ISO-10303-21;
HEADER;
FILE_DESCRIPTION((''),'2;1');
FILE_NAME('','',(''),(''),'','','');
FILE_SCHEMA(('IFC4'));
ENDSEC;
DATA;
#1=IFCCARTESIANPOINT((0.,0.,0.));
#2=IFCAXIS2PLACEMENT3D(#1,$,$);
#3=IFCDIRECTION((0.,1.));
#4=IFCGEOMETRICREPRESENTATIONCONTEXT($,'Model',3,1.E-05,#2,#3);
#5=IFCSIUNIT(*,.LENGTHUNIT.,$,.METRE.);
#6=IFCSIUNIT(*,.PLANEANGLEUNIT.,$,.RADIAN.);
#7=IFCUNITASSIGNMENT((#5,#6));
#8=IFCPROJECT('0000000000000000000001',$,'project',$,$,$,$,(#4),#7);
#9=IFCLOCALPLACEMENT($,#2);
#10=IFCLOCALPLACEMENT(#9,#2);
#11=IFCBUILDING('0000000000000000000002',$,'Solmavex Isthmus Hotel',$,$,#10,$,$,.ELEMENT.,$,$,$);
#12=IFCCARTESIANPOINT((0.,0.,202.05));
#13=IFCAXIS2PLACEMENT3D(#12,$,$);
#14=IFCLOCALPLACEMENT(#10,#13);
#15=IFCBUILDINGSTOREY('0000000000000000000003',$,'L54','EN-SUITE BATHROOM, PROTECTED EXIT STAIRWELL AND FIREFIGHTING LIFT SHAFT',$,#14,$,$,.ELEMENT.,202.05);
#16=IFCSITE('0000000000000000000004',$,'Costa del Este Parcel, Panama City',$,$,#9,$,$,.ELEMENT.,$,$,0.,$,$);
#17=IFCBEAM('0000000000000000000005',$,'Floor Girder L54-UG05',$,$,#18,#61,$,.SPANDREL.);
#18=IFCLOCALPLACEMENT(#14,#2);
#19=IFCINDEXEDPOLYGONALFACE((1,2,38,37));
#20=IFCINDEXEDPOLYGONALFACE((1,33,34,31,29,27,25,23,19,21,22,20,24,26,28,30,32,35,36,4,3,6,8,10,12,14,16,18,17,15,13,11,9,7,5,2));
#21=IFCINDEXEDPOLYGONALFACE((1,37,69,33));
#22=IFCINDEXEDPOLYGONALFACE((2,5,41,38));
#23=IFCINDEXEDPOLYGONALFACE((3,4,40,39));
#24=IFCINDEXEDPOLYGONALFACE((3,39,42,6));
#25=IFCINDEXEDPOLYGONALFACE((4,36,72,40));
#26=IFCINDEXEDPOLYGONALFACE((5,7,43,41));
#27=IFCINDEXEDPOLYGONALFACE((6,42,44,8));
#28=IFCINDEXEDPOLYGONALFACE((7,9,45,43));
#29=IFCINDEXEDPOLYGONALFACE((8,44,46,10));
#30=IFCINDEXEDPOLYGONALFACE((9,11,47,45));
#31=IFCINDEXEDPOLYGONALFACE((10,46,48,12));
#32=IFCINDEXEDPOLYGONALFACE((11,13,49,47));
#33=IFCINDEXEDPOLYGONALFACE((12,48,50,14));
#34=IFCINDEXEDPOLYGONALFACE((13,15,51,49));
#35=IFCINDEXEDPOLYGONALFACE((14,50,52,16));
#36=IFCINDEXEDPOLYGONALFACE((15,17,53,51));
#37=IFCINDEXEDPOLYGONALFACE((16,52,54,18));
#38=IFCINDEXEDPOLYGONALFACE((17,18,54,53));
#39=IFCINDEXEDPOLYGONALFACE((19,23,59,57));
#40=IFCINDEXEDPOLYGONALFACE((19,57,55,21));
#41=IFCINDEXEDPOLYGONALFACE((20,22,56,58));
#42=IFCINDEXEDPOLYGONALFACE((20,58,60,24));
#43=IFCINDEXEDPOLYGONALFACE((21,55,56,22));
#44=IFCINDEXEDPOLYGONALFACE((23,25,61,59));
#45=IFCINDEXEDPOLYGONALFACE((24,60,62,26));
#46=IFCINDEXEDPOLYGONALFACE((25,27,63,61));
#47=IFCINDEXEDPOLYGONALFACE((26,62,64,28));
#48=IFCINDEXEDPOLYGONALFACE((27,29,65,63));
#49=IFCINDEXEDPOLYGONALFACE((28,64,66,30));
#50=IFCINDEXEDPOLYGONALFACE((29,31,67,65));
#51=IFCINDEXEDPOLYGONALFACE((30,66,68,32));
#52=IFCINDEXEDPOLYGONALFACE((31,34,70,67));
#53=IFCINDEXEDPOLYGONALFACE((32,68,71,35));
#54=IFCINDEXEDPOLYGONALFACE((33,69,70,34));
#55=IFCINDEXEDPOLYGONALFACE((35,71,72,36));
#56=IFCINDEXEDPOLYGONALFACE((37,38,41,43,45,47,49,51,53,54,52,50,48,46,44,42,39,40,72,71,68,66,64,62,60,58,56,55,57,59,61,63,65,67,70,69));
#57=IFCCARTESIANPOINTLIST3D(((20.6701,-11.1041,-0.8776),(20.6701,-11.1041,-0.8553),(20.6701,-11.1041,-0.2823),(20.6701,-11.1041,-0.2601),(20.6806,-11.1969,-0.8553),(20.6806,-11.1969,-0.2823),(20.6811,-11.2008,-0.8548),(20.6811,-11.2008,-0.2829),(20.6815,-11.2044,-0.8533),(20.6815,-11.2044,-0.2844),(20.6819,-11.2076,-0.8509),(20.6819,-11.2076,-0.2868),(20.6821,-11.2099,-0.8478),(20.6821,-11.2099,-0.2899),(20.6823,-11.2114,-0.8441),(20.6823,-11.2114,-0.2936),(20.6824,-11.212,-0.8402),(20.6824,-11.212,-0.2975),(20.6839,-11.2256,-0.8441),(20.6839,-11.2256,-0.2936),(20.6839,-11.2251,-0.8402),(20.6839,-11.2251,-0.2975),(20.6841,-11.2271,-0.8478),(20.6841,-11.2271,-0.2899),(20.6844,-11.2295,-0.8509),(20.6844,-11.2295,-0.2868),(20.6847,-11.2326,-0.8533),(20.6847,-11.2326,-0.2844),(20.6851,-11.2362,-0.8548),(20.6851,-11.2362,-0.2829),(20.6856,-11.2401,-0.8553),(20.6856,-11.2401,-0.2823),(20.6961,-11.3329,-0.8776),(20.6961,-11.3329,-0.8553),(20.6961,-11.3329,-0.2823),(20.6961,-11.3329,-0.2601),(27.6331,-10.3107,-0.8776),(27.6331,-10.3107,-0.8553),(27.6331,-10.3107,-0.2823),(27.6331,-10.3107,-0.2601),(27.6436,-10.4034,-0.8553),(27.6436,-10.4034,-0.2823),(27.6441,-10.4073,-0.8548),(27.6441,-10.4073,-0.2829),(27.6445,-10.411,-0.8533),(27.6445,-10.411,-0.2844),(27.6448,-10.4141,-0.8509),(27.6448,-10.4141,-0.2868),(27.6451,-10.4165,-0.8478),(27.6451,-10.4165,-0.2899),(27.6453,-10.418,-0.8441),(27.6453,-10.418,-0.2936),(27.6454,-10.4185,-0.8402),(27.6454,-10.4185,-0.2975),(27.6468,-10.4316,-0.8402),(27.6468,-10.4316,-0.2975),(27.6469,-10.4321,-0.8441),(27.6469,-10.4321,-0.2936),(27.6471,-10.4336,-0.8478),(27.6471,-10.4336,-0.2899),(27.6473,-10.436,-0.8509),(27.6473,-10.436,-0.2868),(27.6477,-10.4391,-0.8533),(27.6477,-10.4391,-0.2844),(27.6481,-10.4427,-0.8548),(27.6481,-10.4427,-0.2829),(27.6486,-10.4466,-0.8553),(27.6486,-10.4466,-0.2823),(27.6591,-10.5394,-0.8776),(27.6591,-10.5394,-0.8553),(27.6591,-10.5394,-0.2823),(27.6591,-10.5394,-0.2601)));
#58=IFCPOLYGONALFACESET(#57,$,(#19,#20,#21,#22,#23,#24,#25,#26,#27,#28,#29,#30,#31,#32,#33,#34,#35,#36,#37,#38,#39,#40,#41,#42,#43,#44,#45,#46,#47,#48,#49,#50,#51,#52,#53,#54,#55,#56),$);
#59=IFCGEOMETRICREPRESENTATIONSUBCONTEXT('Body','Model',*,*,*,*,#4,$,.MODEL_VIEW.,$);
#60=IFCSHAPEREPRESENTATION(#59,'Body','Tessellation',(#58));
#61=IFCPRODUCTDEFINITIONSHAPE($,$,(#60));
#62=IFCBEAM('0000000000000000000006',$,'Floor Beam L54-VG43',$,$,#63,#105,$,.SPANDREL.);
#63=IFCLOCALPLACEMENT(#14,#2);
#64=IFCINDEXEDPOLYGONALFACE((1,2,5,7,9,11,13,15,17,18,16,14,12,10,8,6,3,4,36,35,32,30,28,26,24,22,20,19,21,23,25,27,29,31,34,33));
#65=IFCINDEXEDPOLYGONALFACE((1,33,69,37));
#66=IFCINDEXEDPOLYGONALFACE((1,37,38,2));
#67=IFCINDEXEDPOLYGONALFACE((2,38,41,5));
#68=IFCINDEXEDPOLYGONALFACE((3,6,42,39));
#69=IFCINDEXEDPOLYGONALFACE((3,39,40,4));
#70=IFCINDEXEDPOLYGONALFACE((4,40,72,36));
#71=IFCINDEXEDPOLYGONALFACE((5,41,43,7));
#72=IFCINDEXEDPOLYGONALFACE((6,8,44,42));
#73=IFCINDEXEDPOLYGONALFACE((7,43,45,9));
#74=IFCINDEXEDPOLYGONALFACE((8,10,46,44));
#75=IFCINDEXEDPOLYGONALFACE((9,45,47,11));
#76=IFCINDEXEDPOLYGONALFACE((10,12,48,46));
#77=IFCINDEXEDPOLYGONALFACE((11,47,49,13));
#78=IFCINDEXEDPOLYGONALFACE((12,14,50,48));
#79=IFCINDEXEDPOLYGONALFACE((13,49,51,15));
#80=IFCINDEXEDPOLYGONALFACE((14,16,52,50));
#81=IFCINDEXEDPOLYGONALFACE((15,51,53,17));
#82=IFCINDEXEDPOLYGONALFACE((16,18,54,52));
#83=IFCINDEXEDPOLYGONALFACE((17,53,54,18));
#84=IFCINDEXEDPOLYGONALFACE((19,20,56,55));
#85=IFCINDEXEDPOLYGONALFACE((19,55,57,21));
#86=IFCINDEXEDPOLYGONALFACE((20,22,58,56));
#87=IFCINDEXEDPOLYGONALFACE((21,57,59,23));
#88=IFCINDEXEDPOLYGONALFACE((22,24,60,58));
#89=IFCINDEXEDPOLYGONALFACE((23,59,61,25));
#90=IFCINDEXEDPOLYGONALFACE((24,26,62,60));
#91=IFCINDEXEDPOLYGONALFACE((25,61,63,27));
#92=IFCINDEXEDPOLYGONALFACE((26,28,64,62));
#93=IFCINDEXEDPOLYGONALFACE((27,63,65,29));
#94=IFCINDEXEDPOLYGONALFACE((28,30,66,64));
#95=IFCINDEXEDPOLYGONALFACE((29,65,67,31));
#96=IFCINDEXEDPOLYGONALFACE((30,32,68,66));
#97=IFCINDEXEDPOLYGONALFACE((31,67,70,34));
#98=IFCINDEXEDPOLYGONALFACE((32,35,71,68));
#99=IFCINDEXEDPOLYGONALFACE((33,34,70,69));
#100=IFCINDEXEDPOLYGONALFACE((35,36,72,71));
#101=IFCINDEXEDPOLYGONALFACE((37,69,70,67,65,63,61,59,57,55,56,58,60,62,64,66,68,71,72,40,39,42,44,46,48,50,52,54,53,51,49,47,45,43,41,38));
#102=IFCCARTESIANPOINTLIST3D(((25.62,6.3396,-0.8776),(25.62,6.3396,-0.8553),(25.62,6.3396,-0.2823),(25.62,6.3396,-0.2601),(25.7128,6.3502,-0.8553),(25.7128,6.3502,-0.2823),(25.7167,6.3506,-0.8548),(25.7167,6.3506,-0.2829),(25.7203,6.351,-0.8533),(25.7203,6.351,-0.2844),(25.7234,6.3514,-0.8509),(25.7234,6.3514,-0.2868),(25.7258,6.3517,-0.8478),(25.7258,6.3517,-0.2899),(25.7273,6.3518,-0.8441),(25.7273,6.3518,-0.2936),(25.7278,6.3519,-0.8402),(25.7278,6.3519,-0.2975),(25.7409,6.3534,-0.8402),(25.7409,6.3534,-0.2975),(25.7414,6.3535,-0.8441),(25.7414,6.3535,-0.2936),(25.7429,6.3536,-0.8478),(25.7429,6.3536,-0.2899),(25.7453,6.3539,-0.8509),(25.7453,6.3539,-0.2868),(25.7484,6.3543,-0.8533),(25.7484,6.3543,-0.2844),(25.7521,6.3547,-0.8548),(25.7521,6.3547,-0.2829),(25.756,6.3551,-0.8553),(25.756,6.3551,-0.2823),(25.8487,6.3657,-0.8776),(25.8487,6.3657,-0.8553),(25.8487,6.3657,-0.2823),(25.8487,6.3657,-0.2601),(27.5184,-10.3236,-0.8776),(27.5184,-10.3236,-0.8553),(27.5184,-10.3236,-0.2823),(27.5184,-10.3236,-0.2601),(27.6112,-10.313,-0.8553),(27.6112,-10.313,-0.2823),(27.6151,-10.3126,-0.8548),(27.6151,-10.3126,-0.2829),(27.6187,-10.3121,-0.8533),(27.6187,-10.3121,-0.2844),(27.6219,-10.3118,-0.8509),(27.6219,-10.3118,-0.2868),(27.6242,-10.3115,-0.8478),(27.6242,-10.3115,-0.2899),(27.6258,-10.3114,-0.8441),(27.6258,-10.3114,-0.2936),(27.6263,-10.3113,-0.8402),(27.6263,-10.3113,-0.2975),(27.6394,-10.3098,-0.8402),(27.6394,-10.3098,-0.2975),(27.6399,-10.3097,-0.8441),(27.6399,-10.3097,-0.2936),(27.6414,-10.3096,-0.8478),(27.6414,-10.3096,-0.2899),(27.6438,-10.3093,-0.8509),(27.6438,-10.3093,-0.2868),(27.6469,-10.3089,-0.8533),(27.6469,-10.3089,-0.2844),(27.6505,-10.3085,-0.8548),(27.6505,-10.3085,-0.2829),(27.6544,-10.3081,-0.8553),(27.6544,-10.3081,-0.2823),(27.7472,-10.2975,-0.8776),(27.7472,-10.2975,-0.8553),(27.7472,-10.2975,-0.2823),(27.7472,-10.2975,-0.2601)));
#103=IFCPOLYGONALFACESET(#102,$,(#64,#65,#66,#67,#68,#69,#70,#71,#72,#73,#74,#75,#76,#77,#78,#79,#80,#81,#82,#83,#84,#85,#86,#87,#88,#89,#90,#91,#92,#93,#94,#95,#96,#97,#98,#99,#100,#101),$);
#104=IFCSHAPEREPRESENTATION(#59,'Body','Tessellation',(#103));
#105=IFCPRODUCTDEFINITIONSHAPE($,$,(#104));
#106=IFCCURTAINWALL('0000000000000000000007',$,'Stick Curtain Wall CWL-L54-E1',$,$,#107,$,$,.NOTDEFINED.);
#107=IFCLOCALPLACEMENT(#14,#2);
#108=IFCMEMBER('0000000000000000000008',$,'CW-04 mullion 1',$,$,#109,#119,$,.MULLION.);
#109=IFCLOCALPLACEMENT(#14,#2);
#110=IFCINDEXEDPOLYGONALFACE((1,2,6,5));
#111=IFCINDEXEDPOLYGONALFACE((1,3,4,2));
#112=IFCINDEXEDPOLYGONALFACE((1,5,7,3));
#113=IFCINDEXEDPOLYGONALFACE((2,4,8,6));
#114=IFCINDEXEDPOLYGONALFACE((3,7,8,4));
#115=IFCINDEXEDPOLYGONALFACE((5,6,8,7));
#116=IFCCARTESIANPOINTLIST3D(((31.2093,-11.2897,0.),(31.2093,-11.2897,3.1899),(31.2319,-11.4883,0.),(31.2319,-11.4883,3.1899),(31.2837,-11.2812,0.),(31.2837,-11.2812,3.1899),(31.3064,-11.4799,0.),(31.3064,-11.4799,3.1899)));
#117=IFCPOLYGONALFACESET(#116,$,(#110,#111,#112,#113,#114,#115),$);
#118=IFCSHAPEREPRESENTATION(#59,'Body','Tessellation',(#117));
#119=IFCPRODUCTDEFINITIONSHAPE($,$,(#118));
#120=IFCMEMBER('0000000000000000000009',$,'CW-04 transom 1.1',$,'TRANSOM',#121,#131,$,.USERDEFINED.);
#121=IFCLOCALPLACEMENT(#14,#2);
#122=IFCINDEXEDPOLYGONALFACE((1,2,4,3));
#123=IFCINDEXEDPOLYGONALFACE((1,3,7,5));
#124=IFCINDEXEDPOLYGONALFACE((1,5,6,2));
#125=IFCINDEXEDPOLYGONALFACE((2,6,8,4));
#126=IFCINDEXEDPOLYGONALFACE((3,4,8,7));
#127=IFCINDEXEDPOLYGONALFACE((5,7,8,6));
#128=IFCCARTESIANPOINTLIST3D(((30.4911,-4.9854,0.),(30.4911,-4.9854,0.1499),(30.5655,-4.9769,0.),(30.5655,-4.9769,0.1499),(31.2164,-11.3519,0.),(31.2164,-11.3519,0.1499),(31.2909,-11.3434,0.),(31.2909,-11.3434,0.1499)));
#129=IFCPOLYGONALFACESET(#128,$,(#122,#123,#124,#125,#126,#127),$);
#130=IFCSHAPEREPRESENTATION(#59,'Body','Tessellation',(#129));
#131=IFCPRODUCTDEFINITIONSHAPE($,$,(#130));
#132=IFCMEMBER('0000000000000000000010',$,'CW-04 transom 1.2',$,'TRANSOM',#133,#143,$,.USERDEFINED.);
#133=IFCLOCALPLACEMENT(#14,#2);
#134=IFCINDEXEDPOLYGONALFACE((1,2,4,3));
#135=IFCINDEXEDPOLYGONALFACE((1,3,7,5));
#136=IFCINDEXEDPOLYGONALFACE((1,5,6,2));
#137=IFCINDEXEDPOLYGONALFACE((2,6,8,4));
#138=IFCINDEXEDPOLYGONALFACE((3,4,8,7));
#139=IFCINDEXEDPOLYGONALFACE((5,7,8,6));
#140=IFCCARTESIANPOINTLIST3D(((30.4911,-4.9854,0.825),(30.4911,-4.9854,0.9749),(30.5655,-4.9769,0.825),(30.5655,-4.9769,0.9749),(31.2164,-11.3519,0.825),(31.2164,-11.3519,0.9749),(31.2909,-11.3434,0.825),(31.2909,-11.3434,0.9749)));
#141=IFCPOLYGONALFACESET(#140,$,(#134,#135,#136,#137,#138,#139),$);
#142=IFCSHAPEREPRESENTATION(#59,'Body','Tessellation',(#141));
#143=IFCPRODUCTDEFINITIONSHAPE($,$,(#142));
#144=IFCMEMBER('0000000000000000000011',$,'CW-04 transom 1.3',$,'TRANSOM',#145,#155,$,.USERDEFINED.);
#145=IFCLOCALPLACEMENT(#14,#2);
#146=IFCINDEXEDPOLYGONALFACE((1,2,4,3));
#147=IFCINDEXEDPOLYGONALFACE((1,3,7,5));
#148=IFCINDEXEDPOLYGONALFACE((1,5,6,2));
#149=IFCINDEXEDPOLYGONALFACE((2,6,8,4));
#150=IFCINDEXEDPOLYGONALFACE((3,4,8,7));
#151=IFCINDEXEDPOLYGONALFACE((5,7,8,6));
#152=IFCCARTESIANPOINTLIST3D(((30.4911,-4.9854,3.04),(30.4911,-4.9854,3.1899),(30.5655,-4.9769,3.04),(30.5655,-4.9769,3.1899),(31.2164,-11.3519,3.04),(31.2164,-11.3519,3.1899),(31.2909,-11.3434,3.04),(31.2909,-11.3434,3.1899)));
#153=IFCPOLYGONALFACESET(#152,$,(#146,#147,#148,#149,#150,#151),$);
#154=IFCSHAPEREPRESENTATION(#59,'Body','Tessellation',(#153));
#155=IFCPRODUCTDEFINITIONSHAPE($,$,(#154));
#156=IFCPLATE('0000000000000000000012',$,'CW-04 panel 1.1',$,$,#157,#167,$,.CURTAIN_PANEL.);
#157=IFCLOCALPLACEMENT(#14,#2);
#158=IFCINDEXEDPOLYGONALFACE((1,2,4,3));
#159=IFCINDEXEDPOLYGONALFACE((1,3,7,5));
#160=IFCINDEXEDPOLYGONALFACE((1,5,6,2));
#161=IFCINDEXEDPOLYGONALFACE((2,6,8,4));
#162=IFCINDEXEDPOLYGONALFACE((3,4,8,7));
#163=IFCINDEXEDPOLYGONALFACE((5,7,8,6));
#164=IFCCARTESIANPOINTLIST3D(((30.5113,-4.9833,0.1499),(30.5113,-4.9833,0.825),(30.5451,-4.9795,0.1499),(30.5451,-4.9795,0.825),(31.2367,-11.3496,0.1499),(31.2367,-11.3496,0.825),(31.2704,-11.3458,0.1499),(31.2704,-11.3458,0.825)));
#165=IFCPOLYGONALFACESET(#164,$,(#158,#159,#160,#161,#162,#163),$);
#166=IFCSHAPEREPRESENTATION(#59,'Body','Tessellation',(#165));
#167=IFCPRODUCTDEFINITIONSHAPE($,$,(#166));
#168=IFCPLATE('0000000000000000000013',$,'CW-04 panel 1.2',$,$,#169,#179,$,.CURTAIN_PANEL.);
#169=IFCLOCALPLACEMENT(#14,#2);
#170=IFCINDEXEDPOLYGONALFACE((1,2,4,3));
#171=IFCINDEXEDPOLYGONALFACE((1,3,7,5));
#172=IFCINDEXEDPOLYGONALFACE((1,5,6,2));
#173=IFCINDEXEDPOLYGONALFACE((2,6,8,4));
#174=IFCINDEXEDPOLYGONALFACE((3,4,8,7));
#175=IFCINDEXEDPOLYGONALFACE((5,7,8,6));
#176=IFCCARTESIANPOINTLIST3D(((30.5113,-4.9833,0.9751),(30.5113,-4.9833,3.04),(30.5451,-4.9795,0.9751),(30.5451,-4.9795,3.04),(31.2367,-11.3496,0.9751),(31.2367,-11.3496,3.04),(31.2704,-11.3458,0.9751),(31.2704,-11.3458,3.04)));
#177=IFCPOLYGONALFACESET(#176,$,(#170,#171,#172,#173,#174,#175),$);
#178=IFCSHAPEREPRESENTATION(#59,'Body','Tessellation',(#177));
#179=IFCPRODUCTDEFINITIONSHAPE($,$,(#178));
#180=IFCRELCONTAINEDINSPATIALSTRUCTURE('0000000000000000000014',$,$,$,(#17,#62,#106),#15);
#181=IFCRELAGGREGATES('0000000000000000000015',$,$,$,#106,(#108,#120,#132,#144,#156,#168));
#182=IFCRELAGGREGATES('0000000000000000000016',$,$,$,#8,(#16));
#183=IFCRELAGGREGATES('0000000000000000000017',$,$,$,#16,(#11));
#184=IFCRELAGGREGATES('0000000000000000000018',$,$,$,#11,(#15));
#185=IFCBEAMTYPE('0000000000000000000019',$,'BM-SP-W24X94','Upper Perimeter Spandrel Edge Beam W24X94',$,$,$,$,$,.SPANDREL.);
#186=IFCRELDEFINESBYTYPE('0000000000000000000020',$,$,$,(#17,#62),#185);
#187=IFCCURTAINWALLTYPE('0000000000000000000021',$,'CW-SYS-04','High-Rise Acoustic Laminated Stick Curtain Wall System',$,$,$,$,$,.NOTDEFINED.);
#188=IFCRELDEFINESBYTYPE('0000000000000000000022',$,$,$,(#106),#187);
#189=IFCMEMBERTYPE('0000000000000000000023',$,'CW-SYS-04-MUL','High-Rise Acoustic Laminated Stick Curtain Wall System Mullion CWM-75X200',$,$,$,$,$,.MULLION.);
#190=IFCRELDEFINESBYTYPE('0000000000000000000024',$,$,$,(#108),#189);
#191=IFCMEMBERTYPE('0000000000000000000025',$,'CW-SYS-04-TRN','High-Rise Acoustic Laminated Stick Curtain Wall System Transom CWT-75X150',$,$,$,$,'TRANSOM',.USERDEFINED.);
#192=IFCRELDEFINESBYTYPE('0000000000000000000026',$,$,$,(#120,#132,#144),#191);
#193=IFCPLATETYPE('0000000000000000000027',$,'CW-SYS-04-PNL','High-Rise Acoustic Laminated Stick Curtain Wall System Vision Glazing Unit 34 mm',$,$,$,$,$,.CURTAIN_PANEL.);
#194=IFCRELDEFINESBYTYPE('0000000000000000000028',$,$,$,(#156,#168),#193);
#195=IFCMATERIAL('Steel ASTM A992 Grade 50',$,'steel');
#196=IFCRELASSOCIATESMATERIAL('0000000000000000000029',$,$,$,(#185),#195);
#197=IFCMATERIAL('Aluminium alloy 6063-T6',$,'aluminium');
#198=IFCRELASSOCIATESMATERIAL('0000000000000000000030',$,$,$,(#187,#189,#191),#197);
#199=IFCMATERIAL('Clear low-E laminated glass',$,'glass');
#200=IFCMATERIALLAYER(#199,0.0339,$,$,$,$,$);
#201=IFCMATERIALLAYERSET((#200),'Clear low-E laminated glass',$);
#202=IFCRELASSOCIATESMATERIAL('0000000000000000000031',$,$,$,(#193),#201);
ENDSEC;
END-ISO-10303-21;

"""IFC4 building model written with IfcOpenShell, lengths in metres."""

from ifc_helpers import new_model, si_unit, direction, frame, origin, origin_2d, place, context, subcontext, project, spatial, rectangle, i_section, extrude, material, layer, layer_set, material_profile, profile_set, type_object, element, aggregate, save


model = new_model("IFC4")

# Units and contexts
model_context = context("Model", 3, precision=1e-05, world=origin(), true_north=direction((0.0, 1.0)))
body_context = subcontext(model_context, "Body", "Model", "MODEL_VIEW")
ifc_project = project(units=[si_unit("LENGTHUNIT", "METRE"), si_unit("PLANEANGLEUNIT", "RADIAN")], contexts=[model_context])

# Site, building, storey
site_placement = place(None, origin())
site = spatial("IfcSite", under=ifc_project, at=site_placement, Name="Costa del Este Parcel, Panama City", CompositionType="ELEMENT", RefElevation=0.0)
building_placement = place(site_placement, origin())
building = spatial("IfcBuilding", under=site, at=building_placement, Name="Solmavex Isthmus Hotel", CompositionType="ELEMENT")
storey_placement = place(building_placement, frame((0.0, 0.0, 202.05)))
storey = spatial("IfcBuildingStorey", under=building, at=storey_placement, Name="L54", Description="EN-SUITE BATHROOM, PROTECTED EXIT STAIRWELL AND FIREFIGHTING LIFT SHAFT", CompositionType="ELEMENT", Elevation=202.05)

# Beams
ifc_material_1 = material(Name="Steel ASTM A992 Grade 50", Category="steel")
ifc_material_profile_1 = material_profile(ifc_material_1, i_section(OverallWidth=0.2302, OverallDepth=0.6174, WebThickness=0.0132, FlangeThickness=0.0222, FilletRadius=0.0151, at=origin_2d()), Name="W24X94")
ifc_profile_set_1 = profile_set([ifc_material_profile_1], Name="Steel ASTM A992 Grade 50")
beam_type_1 = type_object("IfcBeamType", Name="BM-SP-W24X94", Description="Upper Perimeter Spandrel Edge Beam W24X94", PredefinedType="SPANDREL", material=ifc_profile_set_1)
beam_1_placement = place(storey_placement, frame((20.6831, -11.2185, -0.5688), z_axis=(0.99357, 0.113222, 0.0), x_axis=(-0.113222, 0.99357, 0.0)))
element("IfcBeam", 1, at=beam_1_placement, inside=storey, type_object=beam_type_1, Name="Floor Girder L54-UG05", PredefinedType="SPANDREL", context=body_context, shape_type="SweptSolid", body=[
    extrude(i_section(OverallWidth=0.2302, OverallDepth=0.6174, WebThickness=0.0132, FlangeThickness=0.0222, FilletRadius=0.0151, at=origin_2d()), origin(), (0.0, 0.0, 1.0), 7.0081),
])
beam_2_placement = place(storey_placement, frame((27.6328, -10.3105, -0.5688), z_axis=(-0.113198, 0.993572, 0.0), x_axis=(-0.993572, -0.113198, 0.0)))
element("IfcBeam", 2, at=beam_2_placement, inside=storey, type_object=beam_type_1, Name="Floor Beam L54-VG43", PredefinedType="SPANDREL", context=body_context, shape_type="SweptSolid", body=[
    extrude(i_section(OverallWidth=0.2302, OverallDepth=0.6174, WebThickness=0.0132, FlangeThickness=0.0222, FilletRadius=0.0151, at=origin_2d()), origin(), (0.0, 0.0, 1.0), 16.771),
])

# Curtain wall, members, plates
ifc_material_2 = material(Name="Aluminium alloy 6063-T6", Category="aluminium")
curtain_wall_type = type_object("IfcCurtainWallType", Name="CW-SYS-04", Description="High-Rise Acoustic Laminated Stick Curtain Wall System", PredefinedType="NOTDEFINED", material=ifc_material_2)
curtain_wall_placement = place(storey_placement, origin())
curtain_wall = element("IfcCurtainWall", 3, at=curtain_wall_placement, inside=storey, type_object=curtain_wall_type, Name="Stick Curtain Wall CWL-L54-E1", PredefinedType="NOTDEFINED")
ifc_material_profile_2 = material_profile(ifc_material_2, rectangle(XDim=0.075, YDim=0.2, at=origin_2d()), Name="CWM-75X200")
ifc_profile_set_2 = profile_set([ifc_material_profile_2], Name="Aluminium alloy 6063-T6")
member_type_1 = type_object("IfcMemberType", Name="CW-SYS-04-MUL", Description="High-Rise Acoustic Laminated Stick Curtain Wall System Mullion CWM-75X200", PredefinedType="MULLION", material=ifc_profile_set_2)
member_1_placement = place(storey_placement, frame((31.2578, -11.3848, 0.0), z_axis=(0.0, 0.0, 1.0), x_axis=(-0.993572, -0.113203, 0.0)))
member_1 = element("IfcMember", 4, at=member_1_placement, type_object=member_type_1, Name="CW-04 mullion 1", PredefinedType="MULLION", context=body_context, shape_type="SweptSolid", body=[
    extrude(rectangle(XDim=0.075, YDim=0.2, at=origin_2d()), origin(), (0.0, 0.0, 1.0), 3.1899),
])
ifc_material_profile_3 = material_profile(ifc_material_2, rectangle(XDim=0.075, YDim=0.1499, at=origin_2d()), Name="CWT-75X150")
ifc_profile_set_3 = profile_set([ifc_material_profile_3], Name="Aluminium alloy 6063-T6")
member_type_2 = type_object("IfcMemberType", Name="CW-SYS-04-TRN", Description="High-Rise Acoustic Laminated Stick Curtain Wall System Transom CWT-75X150", ElementType="TRANSOM", PredefinedType="USERDEFINED", material=ifc_profile_set_3)
member_2_placement = place(storey_placement, frame((31.2537, -11.3477, 0.075), z_axis=(-0.113199, 0.993572, 0.0), x_axis=(-0.993572, -0.113199, 0.0)))
member_2 = element("IfcMember", 5, at=member_2_placement, type_object=member_type_2, Name="CW-04 transom 1.1", ObjectType="TRANSOM", PredefinedType="USERDEFINED", context=body_context, shape_type="SweptSolid", body=[
    extrude(rectangle(XDim=0.075, YDim=0.1499, at=origin_2d()), origin(), (0.0, 0.0, 1.0), 6.4077),
])
member_3_placement = place(storey_placement, frame((31.2537, -11.3477, 0.8999), z_axis=(-0.113199, 0.993572, 0.0), x_axis=(-0.993572, -0.113199, 0.0)))
member_3 = element("IfcMember", 6, at=member_3_placement, type_object=member_type_2, Name="CW-04 transom 1.2", ObjectType="TRANSOM", PredefinedType="USERDEFINED", context=body_context, shape_type="SweptSolid", body=[
    extrude(rectangle(XDim=0.075, YDim=0.1499, at=origin_2d()), origin(), (0.0, 0.0, 1.0), 6.4077),
])
member_4_placement = place(storey_placement, frame((31.2537, -11.3477, 3.115), z_axis=(-0.113199, 0.993572, 0.0), x_axis=(-0.993572, -0.113199, 0.0)))
member_4 = element("IfcMember", 7, at=member_4_placement, type_object=member_type_2, Name="CW-04 transom 1.3", ObjectType="TRANSOM", PredefinedType="USERDEFINED", context=body_context, shape_type="SweptSolid", body=[
    extrude(rectangle(XDim=0.075, YDim=0.1499, at=origin_2d()), origin(), (0.0, 0.0, 1.0), 6.4077),
])
ifc_material_3 = material(Name="Clear low-E laminated glass", Category="glass")
ifc_layer_1 = layer(ifc_material_3, 0.0339)
ifc_layer_set_1 = layer_set([ifc_layer_1], Name="Clear low-E laminated glass")
plate_type = type_object("IfcPlateType", Name="CW-SYS-04-PNL", Description="High-Rise Acoustic Laminated Stick Curtain Wall System Vision Glazing Unit 34 mm", PredefinedType="CURTAIN_PANEL", material=ifc_layer_set_1)
plate_1_placement = place(storey_placement, frame((30.8909, -8.1646, 0.1499), z_axis=(0.0, 0.0, 1.0), x_axis=(-0.113203, 0.993572, 0.0)))
plate_1 = element("IfcPlate", 8, at=plate_1_placement, type_object=plate_type, Name="CW-04 panel 1.1", PredefinedType="CURTAIN_PANEL", context=body_context, shape_type="SweptSolid", body=[
    extrude(rectangle(XDim=6.4075, YDim=0.0339, at=origin_2d()), origin(), (0.0, 0.0, 1.0), 0.675),
])
plate_2_placement = place(storey_placement, frame((30.8909, -8.1646, 0.9751), z_axis=(0.0, 0.0, 1.0), x_axis=(-0.113203, 0.993572, 0.0)))
plate_2 = element("IfcPlate", 9, at=plate_2_placement, type_object=plate_type, Name="CW-04 panel 1.2", PredefinedType="CURTAIN_PANEL", context=body_context, shape_type="SweptSolid", body=[
    extrude(rectangle(XDim=6.4075, YDim=0.0339, at=origin_2d()), origin(), (0.0, 0.0, 1.0), 2.0649),
])
aggregate(curtain_wall, [member_1, member_2, member_3, member_4, plate_1, plate_2])

save(model, "model.ifc")
